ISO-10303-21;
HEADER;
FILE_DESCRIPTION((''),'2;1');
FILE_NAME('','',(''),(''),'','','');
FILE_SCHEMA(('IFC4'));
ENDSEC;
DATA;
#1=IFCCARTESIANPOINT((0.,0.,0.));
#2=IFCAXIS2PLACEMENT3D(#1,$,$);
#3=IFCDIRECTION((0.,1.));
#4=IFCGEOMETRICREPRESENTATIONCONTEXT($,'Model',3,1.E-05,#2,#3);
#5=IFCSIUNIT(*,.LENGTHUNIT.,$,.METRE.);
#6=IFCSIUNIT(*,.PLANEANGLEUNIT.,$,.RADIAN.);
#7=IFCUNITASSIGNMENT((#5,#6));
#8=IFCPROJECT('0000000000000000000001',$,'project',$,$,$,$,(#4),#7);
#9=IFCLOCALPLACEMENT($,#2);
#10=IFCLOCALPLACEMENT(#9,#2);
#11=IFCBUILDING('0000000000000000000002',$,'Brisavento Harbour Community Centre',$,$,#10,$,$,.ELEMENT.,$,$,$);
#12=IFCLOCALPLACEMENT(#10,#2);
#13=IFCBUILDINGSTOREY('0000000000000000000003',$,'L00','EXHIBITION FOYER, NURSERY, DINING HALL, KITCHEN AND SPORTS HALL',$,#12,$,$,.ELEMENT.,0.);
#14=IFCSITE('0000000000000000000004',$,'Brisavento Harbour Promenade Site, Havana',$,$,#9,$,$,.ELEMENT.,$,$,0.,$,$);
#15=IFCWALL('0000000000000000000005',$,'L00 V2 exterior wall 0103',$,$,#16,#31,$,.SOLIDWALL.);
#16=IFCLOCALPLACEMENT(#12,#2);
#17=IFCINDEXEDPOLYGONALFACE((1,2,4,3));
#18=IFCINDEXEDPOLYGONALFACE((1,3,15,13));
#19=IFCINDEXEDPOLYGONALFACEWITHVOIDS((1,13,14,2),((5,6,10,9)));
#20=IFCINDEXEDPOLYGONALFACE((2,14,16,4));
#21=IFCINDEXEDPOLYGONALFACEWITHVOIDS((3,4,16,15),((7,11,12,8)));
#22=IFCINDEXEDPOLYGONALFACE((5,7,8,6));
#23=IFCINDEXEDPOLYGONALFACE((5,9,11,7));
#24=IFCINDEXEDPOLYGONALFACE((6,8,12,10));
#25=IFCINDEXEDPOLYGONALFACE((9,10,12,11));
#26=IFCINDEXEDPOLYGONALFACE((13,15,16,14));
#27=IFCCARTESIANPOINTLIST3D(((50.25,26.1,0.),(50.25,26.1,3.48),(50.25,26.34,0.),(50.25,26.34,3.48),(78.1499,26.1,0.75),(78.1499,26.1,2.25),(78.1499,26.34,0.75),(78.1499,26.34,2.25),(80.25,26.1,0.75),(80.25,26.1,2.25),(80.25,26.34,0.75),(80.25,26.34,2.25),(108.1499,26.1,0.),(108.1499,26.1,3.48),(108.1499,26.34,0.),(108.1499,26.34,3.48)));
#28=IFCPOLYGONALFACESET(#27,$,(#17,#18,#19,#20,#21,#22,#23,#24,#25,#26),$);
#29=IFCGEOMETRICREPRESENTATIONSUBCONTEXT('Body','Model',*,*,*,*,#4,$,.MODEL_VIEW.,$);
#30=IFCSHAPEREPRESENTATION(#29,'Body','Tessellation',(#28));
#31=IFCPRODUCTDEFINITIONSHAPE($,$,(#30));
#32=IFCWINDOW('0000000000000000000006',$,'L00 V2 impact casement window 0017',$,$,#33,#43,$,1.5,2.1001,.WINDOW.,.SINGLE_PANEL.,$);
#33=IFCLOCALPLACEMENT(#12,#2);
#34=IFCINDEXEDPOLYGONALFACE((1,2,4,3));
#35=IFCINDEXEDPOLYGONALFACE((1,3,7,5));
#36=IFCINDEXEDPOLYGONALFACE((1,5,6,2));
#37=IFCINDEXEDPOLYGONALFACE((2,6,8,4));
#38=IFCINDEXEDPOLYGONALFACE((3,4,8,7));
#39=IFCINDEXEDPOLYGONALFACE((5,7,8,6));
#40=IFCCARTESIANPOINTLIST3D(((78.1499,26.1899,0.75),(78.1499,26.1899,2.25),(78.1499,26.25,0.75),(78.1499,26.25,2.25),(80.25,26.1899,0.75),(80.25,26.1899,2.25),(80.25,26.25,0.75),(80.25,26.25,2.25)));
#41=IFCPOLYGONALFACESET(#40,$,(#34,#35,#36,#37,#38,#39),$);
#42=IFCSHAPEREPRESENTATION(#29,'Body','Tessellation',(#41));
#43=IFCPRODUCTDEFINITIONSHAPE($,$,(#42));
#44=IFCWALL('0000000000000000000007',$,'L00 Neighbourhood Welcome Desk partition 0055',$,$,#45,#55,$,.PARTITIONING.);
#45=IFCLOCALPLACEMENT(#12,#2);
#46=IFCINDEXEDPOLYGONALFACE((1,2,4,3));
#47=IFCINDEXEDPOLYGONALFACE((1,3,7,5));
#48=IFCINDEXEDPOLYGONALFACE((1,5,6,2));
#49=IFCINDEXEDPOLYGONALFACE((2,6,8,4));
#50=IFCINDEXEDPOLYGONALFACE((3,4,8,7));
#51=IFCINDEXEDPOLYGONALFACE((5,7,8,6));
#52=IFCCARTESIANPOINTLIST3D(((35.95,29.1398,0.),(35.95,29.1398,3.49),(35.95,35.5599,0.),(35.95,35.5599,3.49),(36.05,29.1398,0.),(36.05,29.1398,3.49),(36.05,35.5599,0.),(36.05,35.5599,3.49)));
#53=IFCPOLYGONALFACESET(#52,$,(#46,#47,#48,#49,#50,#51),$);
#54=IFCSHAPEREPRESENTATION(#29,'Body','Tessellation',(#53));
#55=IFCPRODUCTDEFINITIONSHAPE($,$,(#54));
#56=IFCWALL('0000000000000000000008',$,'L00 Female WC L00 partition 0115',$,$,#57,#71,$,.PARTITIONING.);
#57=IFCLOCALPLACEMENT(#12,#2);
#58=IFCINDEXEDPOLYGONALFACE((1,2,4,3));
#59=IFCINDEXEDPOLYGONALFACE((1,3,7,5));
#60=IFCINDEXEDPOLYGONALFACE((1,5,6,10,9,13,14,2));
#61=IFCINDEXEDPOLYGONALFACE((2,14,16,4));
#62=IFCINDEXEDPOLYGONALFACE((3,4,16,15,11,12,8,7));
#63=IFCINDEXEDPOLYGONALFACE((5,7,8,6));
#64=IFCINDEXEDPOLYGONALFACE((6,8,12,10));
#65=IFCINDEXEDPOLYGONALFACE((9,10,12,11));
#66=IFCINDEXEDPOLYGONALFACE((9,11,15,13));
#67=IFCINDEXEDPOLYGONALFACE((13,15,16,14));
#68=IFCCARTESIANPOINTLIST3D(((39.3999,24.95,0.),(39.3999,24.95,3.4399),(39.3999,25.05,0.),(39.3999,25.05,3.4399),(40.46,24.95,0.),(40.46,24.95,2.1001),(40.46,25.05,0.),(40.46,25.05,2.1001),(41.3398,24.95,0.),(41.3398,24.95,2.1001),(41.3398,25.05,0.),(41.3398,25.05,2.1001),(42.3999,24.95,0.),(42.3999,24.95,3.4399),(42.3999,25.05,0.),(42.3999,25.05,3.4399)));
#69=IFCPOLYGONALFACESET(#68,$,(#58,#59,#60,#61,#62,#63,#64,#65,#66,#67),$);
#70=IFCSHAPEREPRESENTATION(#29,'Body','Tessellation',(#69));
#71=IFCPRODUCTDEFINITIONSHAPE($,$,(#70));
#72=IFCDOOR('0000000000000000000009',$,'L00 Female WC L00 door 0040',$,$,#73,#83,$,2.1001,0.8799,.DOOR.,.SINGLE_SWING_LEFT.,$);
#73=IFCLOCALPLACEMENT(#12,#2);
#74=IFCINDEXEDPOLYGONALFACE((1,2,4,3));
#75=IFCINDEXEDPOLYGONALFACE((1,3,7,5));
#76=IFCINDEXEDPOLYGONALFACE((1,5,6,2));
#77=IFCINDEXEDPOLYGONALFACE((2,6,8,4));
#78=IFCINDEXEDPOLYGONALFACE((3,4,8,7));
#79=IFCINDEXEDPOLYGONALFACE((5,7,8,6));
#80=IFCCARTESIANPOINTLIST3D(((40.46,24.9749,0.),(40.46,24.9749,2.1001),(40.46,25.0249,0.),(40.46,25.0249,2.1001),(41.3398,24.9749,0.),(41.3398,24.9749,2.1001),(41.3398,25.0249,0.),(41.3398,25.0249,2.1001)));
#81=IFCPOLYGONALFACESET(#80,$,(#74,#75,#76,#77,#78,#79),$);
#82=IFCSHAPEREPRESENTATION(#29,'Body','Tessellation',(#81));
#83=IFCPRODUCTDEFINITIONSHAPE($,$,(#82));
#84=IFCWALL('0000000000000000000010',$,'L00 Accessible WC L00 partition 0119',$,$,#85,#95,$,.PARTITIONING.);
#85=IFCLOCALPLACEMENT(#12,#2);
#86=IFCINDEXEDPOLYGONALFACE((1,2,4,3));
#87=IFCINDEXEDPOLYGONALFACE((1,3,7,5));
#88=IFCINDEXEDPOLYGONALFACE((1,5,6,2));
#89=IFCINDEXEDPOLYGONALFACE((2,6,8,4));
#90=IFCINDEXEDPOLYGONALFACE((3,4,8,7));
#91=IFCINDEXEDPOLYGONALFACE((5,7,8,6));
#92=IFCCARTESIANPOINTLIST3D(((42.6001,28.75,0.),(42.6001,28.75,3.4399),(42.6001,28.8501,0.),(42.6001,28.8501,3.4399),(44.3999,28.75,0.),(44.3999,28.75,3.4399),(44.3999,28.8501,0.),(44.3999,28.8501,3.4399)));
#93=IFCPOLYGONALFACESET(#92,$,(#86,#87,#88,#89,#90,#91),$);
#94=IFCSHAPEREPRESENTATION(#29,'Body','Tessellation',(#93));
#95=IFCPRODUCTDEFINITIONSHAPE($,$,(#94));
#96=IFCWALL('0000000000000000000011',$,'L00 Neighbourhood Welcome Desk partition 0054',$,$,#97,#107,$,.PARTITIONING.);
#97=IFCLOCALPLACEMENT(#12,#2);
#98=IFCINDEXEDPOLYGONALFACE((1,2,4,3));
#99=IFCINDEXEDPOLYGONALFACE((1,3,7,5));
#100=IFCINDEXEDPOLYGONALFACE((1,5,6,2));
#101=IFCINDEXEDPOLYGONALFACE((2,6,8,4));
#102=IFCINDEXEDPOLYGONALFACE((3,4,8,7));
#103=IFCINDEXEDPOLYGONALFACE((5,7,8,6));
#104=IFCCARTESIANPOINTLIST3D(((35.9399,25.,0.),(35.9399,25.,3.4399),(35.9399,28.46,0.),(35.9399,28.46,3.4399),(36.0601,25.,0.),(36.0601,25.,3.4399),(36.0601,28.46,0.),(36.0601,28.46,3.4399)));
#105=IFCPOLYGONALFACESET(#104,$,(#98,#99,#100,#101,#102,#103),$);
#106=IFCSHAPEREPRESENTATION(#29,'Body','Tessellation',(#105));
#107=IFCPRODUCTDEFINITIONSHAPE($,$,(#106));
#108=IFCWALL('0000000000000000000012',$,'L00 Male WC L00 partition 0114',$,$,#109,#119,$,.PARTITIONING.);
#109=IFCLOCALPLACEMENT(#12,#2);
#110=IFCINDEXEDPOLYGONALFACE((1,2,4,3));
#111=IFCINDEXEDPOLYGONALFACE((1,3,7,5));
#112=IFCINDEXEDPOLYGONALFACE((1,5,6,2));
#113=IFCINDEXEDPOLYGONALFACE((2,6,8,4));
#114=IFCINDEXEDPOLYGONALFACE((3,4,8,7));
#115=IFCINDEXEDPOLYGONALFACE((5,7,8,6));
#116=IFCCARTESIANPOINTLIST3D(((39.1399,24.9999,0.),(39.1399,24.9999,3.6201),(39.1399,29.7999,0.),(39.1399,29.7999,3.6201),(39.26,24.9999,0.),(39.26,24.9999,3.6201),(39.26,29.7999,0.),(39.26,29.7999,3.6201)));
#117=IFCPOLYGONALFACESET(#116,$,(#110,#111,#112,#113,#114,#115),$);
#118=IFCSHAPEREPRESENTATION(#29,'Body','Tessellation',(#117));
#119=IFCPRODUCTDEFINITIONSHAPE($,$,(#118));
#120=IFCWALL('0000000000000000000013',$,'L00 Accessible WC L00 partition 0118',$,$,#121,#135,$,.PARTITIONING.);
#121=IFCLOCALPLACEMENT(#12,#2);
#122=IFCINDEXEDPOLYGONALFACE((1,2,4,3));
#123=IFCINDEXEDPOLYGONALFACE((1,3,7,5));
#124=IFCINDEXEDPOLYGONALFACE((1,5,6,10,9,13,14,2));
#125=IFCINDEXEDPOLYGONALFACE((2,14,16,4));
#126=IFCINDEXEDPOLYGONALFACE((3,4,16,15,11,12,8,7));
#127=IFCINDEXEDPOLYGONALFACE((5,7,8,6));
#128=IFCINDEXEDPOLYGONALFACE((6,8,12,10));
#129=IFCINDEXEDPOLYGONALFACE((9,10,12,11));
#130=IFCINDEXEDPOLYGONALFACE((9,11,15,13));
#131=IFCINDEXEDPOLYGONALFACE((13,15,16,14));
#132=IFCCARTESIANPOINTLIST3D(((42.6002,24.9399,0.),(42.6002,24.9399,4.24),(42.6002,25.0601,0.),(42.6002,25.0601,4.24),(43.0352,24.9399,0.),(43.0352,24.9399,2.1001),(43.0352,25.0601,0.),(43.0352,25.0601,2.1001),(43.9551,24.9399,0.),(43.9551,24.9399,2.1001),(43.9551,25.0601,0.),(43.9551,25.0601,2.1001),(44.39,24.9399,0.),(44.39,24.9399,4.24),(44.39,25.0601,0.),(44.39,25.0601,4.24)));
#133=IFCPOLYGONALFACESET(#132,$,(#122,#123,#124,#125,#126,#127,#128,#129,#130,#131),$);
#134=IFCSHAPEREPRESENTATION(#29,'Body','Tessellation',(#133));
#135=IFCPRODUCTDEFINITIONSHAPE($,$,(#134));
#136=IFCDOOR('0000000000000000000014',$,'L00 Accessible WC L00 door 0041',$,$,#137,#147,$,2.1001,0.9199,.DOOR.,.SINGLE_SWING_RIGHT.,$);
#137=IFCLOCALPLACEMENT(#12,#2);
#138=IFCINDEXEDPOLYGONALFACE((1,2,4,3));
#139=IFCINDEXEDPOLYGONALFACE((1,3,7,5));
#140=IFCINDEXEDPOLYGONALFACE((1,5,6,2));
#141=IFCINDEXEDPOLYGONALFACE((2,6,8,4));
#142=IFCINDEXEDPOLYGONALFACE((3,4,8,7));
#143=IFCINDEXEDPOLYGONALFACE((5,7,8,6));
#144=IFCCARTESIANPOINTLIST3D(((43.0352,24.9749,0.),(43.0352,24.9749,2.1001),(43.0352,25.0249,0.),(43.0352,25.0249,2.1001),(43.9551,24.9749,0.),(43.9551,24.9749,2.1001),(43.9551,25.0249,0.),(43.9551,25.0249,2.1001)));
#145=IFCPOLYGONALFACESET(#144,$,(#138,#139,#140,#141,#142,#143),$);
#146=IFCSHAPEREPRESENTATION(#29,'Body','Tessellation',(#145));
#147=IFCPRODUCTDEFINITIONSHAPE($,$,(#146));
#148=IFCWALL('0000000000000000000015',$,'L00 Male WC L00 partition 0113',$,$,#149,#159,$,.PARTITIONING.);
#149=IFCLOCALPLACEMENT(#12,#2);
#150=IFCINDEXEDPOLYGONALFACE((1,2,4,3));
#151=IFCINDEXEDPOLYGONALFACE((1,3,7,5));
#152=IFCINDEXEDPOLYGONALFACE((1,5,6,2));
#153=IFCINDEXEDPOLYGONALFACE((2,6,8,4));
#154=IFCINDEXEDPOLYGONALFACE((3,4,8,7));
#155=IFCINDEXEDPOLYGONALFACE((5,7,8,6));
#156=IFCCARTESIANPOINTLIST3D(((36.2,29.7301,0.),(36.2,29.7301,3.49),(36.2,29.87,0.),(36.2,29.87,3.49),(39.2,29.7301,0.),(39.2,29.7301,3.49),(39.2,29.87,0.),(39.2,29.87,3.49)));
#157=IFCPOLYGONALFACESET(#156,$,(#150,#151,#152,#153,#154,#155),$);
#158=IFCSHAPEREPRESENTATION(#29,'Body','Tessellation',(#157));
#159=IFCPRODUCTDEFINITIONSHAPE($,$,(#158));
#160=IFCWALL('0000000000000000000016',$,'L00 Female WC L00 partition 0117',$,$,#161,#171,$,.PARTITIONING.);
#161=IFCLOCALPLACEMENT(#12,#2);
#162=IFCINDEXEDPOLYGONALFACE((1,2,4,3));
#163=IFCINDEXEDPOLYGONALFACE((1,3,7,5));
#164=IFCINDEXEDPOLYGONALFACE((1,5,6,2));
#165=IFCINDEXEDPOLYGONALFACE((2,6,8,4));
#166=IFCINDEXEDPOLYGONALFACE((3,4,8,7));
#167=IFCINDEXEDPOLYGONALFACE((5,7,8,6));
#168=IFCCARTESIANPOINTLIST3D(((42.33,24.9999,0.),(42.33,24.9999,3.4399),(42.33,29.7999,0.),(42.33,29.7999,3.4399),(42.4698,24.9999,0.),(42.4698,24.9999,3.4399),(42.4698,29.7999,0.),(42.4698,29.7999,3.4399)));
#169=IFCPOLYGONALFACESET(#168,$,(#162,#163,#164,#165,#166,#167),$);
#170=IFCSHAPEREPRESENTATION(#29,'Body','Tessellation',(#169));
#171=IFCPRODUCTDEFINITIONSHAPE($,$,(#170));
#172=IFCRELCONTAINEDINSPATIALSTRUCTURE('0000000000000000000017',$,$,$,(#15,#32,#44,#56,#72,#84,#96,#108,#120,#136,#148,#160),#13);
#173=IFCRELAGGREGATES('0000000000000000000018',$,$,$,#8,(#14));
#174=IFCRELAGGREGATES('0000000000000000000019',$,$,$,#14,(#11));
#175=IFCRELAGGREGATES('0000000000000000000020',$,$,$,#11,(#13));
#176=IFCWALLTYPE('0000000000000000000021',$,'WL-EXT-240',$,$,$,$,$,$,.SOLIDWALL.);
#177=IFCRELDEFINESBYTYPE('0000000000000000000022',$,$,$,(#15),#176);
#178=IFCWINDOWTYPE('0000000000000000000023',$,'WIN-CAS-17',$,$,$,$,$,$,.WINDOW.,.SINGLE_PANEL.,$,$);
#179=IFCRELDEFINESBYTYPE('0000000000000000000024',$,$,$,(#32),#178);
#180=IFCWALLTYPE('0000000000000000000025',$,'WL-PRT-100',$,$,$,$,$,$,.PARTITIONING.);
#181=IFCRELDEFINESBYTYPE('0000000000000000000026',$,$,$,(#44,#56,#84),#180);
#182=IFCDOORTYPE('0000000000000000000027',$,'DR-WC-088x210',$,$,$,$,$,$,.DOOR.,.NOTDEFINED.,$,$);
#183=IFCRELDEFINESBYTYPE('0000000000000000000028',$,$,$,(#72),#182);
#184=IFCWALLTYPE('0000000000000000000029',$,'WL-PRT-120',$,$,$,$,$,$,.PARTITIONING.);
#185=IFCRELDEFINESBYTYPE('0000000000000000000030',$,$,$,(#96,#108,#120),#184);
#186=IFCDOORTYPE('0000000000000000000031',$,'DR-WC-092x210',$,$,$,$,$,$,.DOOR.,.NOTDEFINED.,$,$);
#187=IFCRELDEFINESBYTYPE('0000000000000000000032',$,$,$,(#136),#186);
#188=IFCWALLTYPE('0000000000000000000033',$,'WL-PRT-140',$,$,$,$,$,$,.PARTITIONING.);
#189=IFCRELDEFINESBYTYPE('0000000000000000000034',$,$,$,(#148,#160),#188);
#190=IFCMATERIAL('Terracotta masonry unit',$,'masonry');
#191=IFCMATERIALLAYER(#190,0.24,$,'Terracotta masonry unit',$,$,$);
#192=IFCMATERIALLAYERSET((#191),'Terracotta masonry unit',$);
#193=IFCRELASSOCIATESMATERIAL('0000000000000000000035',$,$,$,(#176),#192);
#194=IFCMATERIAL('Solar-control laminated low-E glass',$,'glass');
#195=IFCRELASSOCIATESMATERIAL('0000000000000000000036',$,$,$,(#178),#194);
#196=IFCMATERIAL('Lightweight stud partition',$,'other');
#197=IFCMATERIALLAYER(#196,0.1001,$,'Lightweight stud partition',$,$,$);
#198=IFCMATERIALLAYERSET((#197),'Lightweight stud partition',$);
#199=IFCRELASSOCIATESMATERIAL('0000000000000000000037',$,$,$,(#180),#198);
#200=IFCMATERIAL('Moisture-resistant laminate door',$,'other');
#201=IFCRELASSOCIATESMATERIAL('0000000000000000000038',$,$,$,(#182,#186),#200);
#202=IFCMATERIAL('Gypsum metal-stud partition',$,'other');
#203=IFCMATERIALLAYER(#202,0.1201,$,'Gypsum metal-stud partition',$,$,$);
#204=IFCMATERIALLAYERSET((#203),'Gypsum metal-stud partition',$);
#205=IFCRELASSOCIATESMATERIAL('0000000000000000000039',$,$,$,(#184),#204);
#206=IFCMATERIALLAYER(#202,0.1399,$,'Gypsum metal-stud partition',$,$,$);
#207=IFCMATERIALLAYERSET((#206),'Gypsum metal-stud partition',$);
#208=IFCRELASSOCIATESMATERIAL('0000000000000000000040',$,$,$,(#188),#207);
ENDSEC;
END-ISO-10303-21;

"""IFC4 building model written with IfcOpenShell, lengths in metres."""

from ifc_helpers import new_model, si_unit, direction, frame, frame_2d, origin, place, context, subcontext, project, spatial, rectangle, extrude, material, layer, layer_set, type_object, element, fill, save


model = new_model("IFC4")

# Units and contexts
model_context = context("Model", 3, precision=1e-05, world=origin(), true_north=direction((0.0, 1.0)))
body_context = subcontext(model_context, "Body", "Model", "MODEL_VIEW")
ifc_project = project(units=[si_unit("LENGTHUNIT", "METRE"), si_unit("PLANEANGLEUNIT", "RADIAN")], contexts=[model_context])

# Site, building, storey
site_placement = place(None, origin())
site = spatial("IfcSite", under=ifc_project, at=site_placement, Name="Brisavento Harbour Promenade Site, Havana", CompositionType="ELEMENT", RefElevation=0.0)
building_placement = place(site_placement, origin())
building = spatial("IfcBuilding", under=site, at=building_placement, Name="Brisavento Harbour Community Centre", CompositionType="ELEMENT")
storey_placement = place(building_placement, origin())
storey = spatial("IfcBuildingStorey", under=building, at=storey_placement, Name="L00", Description="EXHIBITION FOYER, NURSERY, DINING HALL, KITCHEN AND SPORTS HALL", CompositionType="ELEMENT", Elevation=0.0)

# Wall, opening, window
ifc_material_1 = material(Name="Terracotta masonry unit", Category="masonry")
ifc_layer_1 = layer(ifc_material_1, 0.24, Name="Terracotta masonry unit")
ifc_layer_set_1 = layer_set([ifc_layer_1], Name="Terracotta masonry unit")
wall_type_1 = type_object("IfcWallType", Name="WL-EXT-240", PredefinedType="SOLIDWALL", material=ifc_layer_set_1)
wall_1_placement = place(storey_placement, frame((50.25, 26.22, 0.0), z_axis=(0.0, 0.0, 1.0), x_axis=(1.0, 0.0, 0.0)))
wall_1 = element("IfcWall", 1, at=wall_1_placement, inside=storey, type_object=wall_type_1, Name="L00 V2 exterior wall 0103", PredefinedType="SOLIDWALL", context=body_context, shape_type="SweptSolid", body=[
    extrude(rectangle(XDim=57.8999, YDim=0.24, at=frame_2d((28.95, 0.0))), origin(), (0.0, 0.0, 1.0), 3.48),
])
opening_1_placement = place(wall_1_placement, frame((27.8999, 0.0, 0.75)))
opening_1 = element("IfcOpeningElement", 2, at=opening_1_placement, cuts=wall_1, PredefinedType="OPENING", context=body_context, shape_type="SweptSolid", body=[
    extrude(rectangle(XDim=2.1001, YDim=1.5, at=frame_2d((1.05, 0.75))), frame((0.0, 0.1299, 0.0), z_axis=(0.0, -1.0, 0.0), x_axis=(1.0, 0.0, 0.0)), (0.0, 0.0, 1.0), 0.26),
])
ifc_material_2 = material(Name="Solar-control laminated low-E glass", Category="glass")
window_type = type_object("IfcWindowType", Name="WIN-CAS-17", PartitioningType="SINGLE_PANEL", PredefinedType="WINDOW", material=ifc_material_2)
window_placement = place(opening_1_placement, origin())
window = element("IfcWindow", 3, at=window_placement, inside=storey, type_object=window_type, Name="L00 V2 impact casement window 0017", OverallHeight=1.5, OverallWidth=2.1001, PartitioningType="SINGLE_PANEL", PredefinedType="WINDOW", context=body_context, shape_type="SweptSolid", body=[
    extrude(rectangle(XDim=2.1001, YDim=1.5, at=frame_2d((1.05, 0.75))), frame((0.0, 0.03, 0.0), z_axis=(0.0, -1.0, 0.0), x_axis=(1.0, 0.0, 0.0)), (0.0, 0.0, 1.0), 0.0601),
])
fill(opening_1, window)

# Wall
ifc_material_3 = material(Name="Lightweight stud partition", Category="other")
ifc_layer_2 = layer(ifc_material_3, 0.1001, Name="Lightweight stud partition")
ifc_layer_set_2 = layer_set([ifc_layer_2], Name="Lightweight stud partition")
wall_type_2 = type_object("IfcWallType", Name="WL-PRT-100", PredefinedType="PARTITIONING", material=ifc_layer_set_2)
wall_2_placement = place(storey_placement, frame((36.0, 29.1399, 0.0), z_axis=(0.0, 0.0, 1.0), x_axis=(0.0, 1.0, 0.0)))
element("IfcWall", 4, at=wall_2_placement, inside=storey, type_object=wall_type_2, Name="L00 Neighbourhood Welcome Desk partition 0055", PredefinedType="PARTITIONING", context=body_context, shape_type="SweptSolid", body=[
    extrude(rectangle(XDim=6.4202, YDim=0.1001, at=frame_2d((3.21, 0.0))), origin(), (0.0, 0.0, 1.0), 3.49),
])

# Wall, opening, door
wall_3_placement = place(storey_placement, frame((39.3999, 25.0, 0.0), z_axis=(0.0, 0.0, 1.0), x_axis=(1.0, 0.0, 0.0)))
wall_3 = element("IfcWall", 5, at=wall_3_placement, inside=storey, type_object=wall_type_2, Name="L00 Female WC L00 partition 0115", PredefinedType="PARTITIONING", context=body_context, shape_type="SweptSolid", body=[
    extrude(rectangle(XDim=3.0, YDim=0.1001, at=frame_2d((1.5, 0.0))), origin(), (0.0, 0.0, 1.0), 3.4399),
])
opening_2_placement = place(wall_3_placement, frame((1.0601, 0.0, 0.0)))
opening_2 = element("IfcOpeningElement", 6, at=opening_2_placement, cuts=wall_3, PredefinedType="OPENING", context=body_context, shape_type="SweptSolid", body=[
    extrude(rectangle(XDim=0.8799, YDim=2.1001, at=frame_2d((0.4399, 1.05))), frame((0.0, 0.0601, 0.0), z_axis=(0.0, -1.0, 0.0), x_axis=(1.0, 0.0, 0.0)), (0.0, 0.0, 1.0), 0.1201),
])
ifc_material_4 = material(Name="Moisture-resistant laminate door", Category="other")
door_type_1 = type_object("IfcDoorType", Name="DR-WC-088x210", OperationType="NOTDEFINED", PredefinedType="DOOR", material=ifc_material_4)
door_1_placement = place(opening_2_placement, origin())
door_1 = element("IfcDoor", 7, at=door_1_placement, inside=storey, type_object=door_type_1, Name="L00 Female WC L00 door 0040", OperationType="SINGLE_SWING_LEFT", OverallHeight=2.1001, OverallWidth=0.8799, PredefinedType="DOOR", context=body_context, shape_type="SweptSolid", body=[
    extrude(rectangle(XDim=0.8799, YDim=2.1001, at=frame_2d((0.4399, 1.05))), frame((0.0, 0.0249, 0.0), z_axis=(0.0, -1.0, 0.0), x_axis=(1.0, 0.0, 0.0)), (0.0, 0.0, 1.0), 0.05),
])
fill(opening_2, door_1)

# Walls
wall_4_placement = place(storey_placement, frame((44.3999, 28.8, 0.0), z_axis=(0.0, 0.0, 1.0), x_axis=(-1.0, 0.0, 0.0)))
element("IfcWall", 8, at=wall_4_placement, inside=storey, type_object=wall_type_2, Name="L00 Accessible WC L00 partition 0119", PredefinedType="PARTITIONING", context=body_context, shape_type="SweptSolid", body=[
    extrude(rectangle(XDim=1.7998, YDim=0.1001, at=frame_2d((0.8999, 0.0))), origin(), (0.0, 0.0, 1.0), 3.4399),
])
ifc_material_5 = material(Name="Gypsum metal-stud partition", Category="other")
ifc_layer_3 = layer(ifc_material_5, 0.1201, Name="Gypsum metal-stud partition")
ifc_layer_set_3 = layer_set([ifc_layer_3], Name="Gypsum metal-stud partition")
wall_type_3 = type_object("IfcWallType", Name="WL-PRT-120", PredefinedType="PARTITIONING", material=ifc_layer_set_3)
wall_5_placement = place(storey_placement, frame((36.0, 25.0, 0.0), z_axis=(0.0, 0.0, 1.0), x_axis=(0.0, 1.0, 0.0)))
element("IfcWall", 9, at=wall_5_placement, inside=storey, type_object=wall_type_3, Name="L00 Neighbourhood Welcome Desk partition 0054", PredefinedType="PARTITIONING", context=body_context, shape_type="SweptSolid", body=[
    extrude(rectangle(XDim=3.46, YDim=0.1201, at=frame_2d((1.73, 0.0))), origin(), (0.0, 0.0, 1.0), 3.4399),
])
wall_6_placement = place(storey_placement, frame((39.2, 25.0, 0.0), z_axis=(0.0, 0.0, 1.0), x_axis=(0.0, 1.0, 0.0)))
element("IfcWall", 10, at=wall_6_placement, inside=storey, type_object=wall_type_3, Name="L00 Male WC L00 partition 0114", PredefinedType="PARTITIONING", context=body_context, shape_type="SweptSolid", body=[
    extrude(rectangle(XDim=4.8, YDim=0.1201, at=frame_2d((2.3999, 0.0))), origin(), (0.0, 0.0, 1.0), 3.6201),
])

# Wall, opening, door
wall_7_placement = place(storey_placement, frame((42.6001, 25.0, 0.0), z_axis=(0.0, 0.0, 1.0), x_axis=(1.0, 0.0, 0.0)))
wall_7 = element("IfcWall", 11, at=wall_7_placement, inside=storey, type_object=wall_type_3, Name="L00 Accessible WC L00 partition 0118", PredefinedType="PARTITIONING", context=body_context, shape_type="SweptSolid", body=[
    extrude(rectangle(XDim=1.7898, YDim=0.1201, at=frame_2d((0.895, 0.0))), origin(), (0.0, 0.0, 1.0), 4.24),
])
opening_3_placement = place(wall_7_placement, frame((0.4351, 0.0, 0.0)))
opening_3 = element("IfcOpeningElement", 12, at=opening_3_placement, cuts=wall_7, PredefinedType="OPENING", context=body_context, shape_type="SweptSolid", body=[
    extrude(rectangle(XDim=0.9199, YDim=2.1001, at=frame_2d((0.46, 1.05))), frame((0.0, 0.0701, 0.0), z_axis=(0.0, -1.0, 0.0), x_axis=(1.0, 0.0, 0.0)), (0.0, 0.0, 1.0), 0.1401),
])
door_type_2 = type_object("IfcDoorType", Name="DR-WC-092x210", OperationType="NOTDEFINED", PredefinedType="DOOR", material=ifc_material_4)
door_2_placement = place(opening_3_placement, origin())
door_2 = element("IfcDoor", 13, at=door_2_placement, inside=storey, type_object=door_type_2, Name="L00 Accessible WC L00 door 0041", OperationType="SINGLE_SWING_RIGHT", OverallHeight=2.1001, OverallWidth=0.9199, PredefinedType="DOOR", context=body_context, shape_type="SweptSolid", body=[
    extrude(rectangle(XDim=0.9199, YDim=2.1001, at=frame_2d((0.46, 1.05))), frame((0.0, 0.0249, 0.0), z_axis=(0.0, -1.0, 0.0), x_axis=(1.0, 0.0, 0.0)), (0.0, 0.0, 1.0), 0.05),
])
fill(opening_3, door_2)

# Walls
ifc_layer_4 = layer(ifc_material_5, 0.1399, Name="Gypsum metal-stud partition")
ifc_layer_set_4 = layer_set([ifc_layer_4], Name="Gypsum metal-stud partition")
wall_type_4 = type_object("IfcWallType", Name="WL-PRT-140", PredefinedType="PARTITIONING", material=ifc_layer_set_4)
wall_8_placement = place(storey_placement, frame((39.2, 29.8, 0.0), z_axis=(0.0, 0.0, 1.0), x_axis=(-1.0, 0.0, 0.0)))
element("IfcWall", 14, at=wall_8_placement, inside=storey, type_object=wall_type_4, Name="L00 Male WC L00 partition 0113", PredefinedType="PARTITIONING", context=body_context, shape_type="SweptSolid", body=[
    extrude(rectangle(XDim=3.0, YDim=0.1399, at=frame_2d((1.5, 0.0))), origin(), (0.0, 0.0, 1.0), 3.49),
])
wall_9_placement = place(storey_placement, frame((42.3999, 25.0, 0.0), z_axis=(0.0, 0.0, 1.0), x_axis=(0.0, 1.0, 0.0)))
element("IfcWall", 15, at=wall_9_placement, inside=storey, type_object=wall_type_4, Name="L00 Female WC L00 partition 0117", PredefinedType="PARTITIONING", context=body_context, shape_type="SweptSolid", body=[
    extrude(rectangle(XDim=4.8, YDim=0.1399, at=frame_2d((2.3999, 0.0))), origin(), (0.0, 0.0, 1.0), 3.4399),
])

save(model, "model.ifc")
